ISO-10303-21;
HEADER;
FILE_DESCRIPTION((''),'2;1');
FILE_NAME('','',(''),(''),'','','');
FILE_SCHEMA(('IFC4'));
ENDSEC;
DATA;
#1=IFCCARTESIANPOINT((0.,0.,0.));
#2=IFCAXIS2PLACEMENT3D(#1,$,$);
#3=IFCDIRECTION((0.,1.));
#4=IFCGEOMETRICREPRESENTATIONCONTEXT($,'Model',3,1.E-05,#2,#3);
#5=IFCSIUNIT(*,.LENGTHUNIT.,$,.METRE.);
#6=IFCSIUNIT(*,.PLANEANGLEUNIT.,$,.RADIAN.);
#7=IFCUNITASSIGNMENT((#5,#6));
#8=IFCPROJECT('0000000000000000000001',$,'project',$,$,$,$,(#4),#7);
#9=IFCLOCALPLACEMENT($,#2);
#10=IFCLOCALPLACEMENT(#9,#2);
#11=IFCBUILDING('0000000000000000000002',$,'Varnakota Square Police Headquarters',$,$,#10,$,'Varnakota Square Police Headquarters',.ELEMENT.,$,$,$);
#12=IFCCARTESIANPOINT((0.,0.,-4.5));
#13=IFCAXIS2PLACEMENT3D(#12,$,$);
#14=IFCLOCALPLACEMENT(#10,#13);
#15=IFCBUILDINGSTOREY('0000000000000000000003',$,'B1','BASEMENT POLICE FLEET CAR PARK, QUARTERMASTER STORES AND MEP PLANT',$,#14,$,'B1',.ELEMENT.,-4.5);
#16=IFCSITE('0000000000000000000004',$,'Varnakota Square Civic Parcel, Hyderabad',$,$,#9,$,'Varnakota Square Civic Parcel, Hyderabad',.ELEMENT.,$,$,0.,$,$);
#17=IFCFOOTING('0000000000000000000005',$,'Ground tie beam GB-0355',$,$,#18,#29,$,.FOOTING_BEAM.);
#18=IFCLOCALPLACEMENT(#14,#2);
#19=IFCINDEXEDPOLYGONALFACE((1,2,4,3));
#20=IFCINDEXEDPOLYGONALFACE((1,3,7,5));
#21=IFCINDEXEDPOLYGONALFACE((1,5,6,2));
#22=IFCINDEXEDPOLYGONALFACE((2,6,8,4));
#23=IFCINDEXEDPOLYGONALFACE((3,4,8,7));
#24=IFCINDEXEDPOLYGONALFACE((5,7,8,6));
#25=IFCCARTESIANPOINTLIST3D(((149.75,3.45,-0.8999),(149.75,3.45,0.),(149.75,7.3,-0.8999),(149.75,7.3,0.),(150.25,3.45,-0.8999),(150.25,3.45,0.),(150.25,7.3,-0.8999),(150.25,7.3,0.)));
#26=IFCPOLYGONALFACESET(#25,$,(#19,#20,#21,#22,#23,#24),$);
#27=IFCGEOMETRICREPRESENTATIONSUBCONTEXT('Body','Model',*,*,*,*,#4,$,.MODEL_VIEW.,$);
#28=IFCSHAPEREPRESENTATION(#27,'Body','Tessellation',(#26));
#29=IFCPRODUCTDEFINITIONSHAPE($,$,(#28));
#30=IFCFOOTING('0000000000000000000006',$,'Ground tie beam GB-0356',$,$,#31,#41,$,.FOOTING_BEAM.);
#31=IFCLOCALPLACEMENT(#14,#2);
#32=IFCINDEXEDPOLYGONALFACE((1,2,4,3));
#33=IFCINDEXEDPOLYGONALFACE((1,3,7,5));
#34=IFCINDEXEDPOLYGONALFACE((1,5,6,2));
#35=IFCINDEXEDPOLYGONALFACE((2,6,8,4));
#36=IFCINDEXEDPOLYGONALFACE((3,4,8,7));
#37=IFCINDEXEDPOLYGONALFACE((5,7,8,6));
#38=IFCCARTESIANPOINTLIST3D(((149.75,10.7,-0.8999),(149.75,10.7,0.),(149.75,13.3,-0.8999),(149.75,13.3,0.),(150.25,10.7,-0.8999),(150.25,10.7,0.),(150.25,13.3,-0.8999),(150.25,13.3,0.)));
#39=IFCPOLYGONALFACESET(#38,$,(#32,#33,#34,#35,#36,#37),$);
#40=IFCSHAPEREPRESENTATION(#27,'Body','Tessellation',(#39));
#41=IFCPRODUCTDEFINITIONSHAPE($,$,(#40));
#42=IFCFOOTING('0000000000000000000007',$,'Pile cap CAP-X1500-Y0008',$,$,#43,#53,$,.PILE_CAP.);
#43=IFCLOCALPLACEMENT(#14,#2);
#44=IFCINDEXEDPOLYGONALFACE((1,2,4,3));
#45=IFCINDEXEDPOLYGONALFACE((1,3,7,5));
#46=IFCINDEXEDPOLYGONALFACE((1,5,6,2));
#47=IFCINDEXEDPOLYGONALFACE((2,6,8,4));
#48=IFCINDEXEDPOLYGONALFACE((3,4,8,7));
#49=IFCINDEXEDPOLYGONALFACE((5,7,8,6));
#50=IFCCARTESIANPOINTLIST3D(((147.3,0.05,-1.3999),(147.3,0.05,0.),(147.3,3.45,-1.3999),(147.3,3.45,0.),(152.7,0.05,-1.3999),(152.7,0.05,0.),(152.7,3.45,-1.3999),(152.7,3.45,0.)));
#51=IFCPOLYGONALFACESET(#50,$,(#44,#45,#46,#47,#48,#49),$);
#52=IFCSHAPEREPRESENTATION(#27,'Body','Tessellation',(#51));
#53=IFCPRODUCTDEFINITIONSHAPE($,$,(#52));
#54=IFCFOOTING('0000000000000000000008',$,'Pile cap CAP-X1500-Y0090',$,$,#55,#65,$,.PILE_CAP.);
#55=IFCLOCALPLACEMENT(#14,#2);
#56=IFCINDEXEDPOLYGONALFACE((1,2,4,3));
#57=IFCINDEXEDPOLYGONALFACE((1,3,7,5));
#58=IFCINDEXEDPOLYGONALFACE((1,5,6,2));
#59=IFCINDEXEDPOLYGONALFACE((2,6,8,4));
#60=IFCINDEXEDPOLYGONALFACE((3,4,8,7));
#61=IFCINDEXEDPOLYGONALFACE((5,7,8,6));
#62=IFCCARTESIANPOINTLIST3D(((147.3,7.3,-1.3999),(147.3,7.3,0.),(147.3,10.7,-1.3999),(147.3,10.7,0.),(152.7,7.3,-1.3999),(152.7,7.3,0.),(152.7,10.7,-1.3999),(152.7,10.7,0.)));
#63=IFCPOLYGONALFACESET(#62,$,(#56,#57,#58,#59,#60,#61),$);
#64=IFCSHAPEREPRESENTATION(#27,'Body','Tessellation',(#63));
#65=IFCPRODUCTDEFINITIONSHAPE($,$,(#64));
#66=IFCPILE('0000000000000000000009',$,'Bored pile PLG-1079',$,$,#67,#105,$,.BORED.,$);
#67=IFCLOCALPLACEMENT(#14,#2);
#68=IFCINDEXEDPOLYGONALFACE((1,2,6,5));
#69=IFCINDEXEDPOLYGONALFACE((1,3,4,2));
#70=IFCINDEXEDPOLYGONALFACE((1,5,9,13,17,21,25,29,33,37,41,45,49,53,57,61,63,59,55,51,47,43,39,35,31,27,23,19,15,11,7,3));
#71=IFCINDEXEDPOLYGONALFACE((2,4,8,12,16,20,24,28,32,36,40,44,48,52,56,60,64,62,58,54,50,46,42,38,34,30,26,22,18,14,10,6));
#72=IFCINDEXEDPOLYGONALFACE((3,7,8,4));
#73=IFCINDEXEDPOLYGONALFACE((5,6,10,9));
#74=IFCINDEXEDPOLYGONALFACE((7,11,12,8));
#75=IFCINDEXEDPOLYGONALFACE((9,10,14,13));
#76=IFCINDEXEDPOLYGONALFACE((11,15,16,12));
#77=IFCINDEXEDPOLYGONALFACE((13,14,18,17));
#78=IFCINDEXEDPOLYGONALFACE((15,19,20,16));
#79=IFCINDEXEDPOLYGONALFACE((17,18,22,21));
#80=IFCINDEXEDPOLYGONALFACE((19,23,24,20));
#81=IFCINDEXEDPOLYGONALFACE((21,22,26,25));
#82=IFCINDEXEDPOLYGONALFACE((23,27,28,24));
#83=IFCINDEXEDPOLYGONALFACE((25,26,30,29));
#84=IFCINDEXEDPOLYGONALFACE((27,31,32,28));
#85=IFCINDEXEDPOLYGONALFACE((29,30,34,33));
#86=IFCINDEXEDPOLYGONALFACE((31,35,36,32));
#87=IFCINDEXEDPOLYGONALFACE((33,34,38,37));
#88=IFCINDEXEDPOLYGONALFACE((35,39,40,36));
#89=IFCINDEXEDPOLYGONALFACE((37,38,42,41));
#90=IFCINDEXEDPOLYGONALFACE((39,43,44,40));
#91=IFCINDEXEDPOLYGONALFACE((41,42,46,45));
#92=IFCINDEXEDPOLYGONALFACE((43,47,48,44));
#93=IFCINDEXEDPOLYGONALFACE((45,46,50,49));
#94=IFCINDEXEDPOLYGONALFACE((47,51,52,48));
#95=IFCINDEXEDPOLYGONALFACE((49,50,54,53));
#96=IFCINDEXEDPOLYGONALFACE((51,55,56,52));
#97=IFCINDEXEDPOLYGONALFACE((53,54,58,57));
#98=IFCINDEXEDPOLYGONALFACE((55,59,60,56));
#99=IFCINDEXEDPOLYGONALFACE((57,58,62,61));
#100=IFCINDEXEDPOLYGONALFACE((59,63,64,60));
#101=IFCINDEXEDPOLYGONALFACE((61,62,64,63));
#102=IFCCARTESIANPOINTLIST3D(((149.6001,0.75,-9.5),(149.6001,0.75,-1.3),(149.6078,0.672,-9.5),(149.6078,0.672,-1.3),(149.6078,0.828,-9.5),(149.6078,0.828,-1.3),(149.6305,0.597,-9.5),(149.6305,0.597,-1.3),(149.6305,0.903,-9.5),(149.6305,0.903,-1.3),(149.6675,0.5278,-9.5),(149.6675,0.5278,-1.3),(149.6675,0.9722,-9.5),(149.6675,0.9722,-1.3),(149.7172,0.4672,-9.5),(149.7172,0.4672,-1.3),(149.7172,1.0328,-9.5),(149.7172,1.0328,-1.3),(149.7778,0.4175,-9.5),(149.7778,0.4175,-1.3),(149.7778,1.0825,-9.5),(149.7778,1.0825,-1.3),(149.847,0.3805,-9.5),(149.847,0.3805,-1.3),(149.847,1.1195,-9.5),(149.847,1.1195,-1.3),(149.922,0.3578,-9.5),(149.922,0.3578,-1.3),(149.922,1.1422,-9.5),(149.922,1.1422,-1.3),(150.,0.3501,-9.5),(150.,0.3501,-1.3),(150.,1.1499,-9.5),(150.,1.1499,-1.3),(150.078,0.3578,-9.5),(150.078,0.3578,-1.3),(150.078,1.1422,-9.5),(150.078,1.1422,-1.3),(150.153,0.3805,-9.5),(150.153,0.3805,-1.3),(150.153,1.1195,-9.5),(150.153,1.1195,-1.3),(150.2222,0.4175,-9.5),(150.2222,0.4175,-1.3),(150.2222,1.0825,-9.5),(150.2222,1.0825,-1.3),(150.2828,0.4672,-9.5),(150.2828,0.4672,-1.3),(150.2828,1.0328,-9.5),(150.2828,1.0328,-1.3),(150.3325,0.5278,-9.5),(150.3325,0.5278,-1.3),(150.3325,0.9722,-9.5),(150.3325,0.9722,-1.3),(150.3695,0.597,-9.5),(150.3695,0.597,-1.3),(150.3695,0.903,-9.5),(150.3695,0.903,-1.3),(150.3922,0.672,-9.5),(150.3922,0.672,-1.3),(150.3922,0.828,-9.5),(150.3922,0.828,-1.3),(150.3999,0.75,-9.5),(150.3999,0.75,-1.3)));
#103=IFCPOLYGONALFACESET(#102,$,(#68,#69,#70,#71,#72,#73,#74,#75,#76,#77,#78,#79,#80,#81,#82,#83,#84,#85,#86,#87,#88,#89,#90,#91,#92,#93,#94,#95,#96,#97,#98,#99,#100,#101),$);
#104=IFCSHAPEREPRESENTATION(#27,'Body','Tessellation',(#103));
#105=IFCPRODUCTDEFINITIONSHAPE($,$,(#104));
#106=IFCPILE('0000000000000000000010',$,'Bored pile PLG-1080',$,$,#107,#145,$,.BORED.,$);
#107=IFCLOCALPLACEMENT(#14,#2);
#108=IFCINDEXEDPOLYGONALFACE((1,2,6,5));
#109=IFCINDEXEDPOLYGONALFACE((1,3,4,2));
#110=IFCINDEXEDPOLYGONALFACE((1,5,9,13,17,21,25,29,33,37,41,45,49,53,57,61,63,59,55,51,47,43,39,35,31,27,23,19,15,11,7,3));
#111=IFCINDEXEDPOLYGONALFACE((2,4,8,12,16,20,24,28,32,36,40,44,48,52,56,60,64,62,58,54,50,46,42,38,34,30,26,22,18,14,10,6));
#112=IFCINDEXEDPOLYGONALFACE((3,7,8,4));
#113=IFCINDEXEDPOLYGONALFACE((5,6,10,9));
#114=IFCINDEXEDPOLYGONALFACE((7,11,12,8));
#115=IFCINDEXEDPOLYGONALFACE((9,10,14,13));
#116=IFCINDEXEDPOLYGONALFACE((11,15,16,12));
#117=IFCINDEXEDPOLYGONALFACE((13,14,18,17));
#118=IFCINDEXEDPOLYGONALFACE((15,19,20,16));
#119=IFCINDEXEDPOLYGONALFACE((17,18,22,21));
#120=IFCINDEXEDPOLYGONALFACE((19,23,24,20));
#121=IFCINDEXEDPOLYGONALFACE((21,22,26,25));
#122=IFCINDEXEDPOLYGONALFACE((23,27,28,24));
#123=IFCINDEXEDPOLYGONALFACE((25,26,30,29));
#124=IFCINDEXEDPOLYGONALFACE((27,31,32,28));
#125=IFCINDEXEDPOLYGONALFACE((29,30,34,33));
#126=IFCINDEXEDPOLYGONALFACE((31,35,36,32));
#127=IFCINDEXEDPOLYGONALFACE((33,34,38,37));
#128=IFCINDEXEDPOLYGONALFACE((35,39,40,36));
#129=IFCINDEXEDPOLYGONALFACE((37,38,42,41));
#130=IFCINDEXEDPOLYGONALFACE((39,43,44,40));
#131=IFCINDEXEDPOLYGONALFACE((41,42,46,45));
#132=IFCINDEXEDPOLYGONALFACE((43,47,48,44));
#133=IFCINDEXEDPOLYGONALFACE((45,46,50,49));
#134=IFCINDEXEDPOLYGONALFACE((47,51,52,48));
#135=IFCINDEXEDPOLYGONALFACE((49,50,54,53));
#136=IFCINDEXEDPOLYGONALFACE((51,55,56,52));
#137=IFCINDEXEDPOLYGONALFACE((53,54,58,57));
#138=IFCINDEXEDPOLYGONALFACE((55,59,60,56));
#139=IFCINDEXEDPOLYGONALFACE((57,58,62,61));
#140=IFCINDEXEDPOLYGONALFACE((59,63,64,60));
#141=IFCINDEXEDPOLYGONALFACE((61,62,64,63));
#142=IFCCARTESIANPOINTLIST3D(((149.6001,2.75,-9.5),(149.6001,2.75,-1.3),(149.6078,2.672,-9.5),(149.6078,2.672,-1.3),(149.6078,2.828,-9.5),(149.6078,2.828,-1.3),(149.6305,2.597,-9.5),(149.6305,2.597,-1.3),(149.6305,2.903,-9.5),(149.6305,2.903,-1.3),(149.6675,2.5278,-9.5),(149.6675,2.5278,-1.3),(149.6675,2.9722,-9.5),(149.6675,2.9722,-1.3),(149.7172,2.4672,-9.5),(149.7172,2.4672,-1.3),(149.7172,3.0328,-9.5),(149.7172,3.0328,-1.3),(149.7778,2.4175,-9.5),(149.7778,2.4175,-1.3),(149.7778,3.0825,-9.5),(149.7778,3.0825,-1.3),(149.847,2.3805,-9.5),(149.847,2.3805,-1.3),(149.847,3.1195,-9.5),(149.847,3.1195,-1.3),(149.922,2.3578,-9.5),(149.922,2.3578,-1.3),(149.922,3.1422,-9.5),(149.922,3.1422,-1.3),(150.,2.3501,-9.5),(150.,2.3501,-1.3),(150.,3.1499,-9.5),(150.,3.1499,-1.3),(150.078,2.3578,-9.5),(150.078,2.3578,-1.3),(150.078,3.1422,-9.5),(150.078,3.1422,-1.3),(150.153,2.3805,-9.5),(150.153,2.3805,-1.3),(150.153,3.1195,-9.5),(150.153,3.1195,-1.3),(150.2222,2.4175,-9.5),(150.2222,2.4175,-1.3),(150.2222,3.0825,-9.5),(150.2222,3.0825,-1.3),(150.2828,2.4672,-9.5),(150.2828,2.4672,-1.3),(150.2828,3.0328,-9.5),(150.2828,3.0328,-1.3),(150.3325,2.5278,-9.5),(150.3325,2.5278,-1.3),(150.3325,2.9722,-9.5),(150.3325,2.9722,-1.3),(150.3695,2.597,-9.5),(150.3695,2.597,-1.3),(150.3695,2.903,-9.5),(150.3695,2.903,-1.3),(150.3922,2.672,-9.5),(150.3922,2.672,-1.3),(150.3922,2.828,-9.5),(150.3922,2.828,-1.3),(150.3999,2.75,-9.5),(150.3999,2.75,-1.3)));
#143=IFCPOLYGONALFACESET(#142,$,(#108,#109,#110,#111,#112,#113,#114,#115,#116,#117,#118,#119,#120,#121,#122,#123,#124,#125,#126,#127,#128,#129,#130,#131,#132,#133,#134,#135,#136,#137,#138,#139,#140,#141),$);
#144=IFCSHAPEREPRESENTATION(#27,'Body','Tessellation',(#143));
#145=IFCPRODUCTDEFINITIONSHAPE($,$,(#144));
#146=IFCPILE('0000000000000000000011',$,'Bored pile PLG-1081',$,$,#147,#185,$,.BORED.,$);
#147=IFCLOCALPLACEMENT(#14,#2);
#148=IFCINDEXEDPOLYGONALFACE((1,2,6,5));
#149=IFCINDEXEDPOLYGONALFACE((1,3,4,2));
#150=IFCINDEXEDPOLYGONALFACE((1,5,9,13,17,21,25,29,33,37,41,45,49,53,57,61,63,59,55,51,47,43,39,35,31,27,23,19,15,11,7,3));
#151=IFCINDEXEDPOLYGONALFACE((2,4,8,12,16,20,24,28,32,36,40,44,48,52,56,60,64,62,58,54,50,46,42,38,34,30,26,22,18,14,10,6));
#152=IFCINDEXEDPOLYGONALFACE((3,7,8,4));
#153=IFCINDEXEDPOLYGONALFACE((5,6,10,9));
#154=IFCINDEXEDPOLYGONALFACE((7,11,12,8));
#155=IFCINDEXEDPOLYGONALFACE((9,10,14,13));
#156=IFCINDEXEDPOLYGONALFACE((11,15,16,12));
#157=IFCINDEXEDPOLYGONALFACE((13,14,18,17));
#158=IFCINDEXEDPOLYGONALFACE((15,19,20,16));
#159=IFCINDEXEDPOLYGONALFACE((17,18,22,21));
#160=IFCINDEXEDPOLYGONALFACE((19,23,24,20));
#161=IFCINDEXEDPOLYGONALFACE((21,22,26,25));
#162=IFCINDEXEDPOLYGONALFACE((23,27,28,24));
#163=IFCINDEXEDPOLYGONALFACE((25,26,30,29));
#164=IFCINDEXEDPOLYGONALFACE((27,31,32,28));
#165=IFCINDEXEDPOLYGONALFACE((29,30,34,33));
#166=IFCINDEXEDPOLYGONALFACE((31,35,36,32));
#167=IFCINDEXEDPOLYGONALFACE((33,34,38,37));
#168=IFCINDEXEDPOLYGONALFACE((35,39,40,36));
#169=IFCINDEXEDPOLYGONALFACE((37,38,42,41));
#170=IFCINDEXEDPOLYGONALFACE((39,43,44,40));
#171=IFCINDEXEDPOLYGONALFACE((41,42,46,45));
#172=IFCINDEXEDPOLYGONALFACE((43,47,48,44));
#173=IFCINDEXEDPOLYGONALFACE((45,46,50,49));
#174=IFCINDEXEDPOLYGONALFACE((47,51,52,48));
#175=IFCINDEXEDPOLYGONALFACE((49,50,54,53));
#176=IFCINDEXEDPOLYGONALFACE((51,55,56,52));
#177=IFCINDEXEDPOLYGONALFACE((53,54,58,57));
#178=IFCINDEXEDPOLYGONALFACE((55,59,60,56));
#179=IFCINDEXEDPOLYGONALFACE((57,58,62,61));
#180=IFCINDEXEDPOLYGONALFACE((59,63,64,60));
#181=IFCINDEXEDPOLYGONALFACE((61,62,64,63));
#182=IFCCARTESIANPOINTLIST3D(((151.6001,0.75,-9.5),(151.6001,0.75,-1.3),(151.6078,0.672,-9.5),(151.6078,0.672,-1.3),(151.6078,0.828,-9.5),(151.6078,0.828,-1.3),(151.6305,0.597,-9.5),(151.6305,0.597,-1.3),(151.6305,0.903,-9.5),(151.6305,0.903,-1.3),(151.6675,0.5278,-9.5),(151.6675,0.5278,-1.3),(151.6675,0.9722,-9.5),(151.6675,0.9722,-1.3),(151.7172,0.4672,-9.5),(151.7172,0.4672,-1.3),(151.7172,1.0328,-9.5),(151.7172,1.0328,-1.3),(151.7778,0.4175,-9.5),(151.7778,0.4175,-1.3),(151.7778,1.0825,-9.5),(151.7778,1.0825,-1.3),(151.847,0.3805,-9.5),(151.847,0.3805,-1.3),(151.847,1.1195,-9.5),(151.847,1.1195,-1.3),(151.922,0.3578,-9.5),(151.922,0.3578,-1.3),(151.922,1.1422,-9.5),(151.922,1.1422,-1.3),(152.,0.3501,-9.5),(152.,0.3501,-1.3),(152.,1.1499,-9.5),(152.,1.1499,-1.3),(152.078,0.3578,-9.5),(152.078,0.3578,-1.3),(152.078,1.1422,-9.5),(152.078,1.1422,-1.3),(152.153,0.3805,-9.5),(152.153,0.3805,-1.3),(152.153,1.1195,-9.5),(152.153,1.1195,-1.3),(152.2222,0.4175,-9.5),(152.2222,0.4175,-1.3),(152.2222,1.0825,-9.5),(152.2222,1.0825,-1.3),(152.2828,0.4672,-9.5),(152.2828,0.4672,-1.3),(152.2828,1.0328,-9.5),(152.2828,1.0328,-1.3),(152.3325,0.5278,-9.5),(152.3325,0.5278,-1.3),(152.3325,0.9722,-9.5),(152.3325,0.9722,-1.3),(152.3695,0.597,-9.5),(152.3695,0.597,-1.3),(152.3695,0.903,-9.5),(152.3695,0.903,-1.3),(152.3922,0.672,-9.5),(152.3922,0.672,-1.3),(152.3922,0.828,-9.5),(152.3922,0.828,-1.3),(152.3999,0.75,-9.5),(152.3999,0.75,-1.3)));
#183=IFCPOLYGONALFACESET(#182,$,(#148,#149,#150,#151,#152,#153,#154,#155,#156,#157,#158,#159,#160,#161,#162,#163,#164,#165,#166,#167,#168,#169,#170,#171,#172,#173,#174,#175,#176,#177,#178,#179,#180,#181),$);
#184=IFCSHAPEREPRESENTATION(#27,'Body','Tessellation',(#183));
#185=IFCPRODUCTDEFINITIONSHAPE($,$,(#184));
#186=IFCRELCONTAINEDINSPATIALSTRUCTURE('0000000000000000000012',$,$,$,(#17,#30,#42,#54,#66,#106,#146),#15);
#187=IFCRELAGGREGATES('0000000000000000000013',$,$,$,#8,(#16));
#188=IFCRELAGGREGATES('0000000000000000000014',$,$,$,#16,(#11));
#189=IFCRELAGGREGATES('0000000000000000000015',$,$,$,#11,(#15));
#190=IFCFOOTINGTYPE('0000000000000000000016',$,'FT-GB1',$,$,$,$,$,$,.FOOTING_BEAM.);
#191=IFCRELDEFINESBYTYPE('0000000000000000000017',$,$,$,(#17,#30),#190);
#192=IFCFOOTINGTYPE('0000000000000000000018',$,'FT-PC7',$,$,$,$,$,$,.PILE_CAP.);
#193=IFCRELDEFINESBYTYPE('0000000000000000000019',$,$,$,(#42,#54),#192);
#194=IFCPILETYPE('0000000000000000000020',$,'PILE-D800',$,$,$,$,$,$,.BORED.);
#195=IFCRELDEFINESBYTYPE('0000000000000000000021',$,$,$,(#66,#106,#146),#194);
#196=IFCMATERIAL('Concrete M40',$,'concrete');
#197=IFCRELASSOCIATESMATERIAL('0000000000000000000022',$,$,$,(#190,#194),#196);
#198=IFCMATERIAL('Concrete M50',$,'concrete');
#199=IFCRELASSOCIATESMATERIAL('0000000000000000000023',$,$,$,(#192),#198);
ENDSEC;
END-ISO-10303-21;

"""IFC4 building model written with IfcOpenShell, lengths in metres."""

from ifc_helpers import new_model, si_unit, direction, frame, origin, origin_2d, place, context, subcontext, project, spatial, rectangle, circle, extrude, material, material_profile, profile_set, type_object, element, save


model = new_model("IFC4")

# Units and contexts
model_context = context("Model", 3, precision=1e-05, world=origin(), true_north=direction((0.0, 1.0)))
body_context = subcontext(model_context, "Body", "Model", "MODEL_VIEW")
ifc_project = project(units=[si_unit("LENGTHUNIT", "METRE"), si_unit("PLANEANGLEUNIT", "RADIAN")], contexts=[model_context])

# Site, building, storey
site_placement = place(None, origin())
site = spatial("IfcSite", under=ifc_project, at=site_placement, Name="Varnakota Square Civic Parcel, Hyderabad", LongName="Varnakota Square Civic Parcel, Hyderabad", CompositionType="ELEMENT", RefElevation=0.0)
building_placement = place(site_placement, origin())
building = spatial("IfcBuilding", under=site, at=building_placement, Name="Varnakota Square Police Headquarters", LongName="Varnakota Square Police Headquarters", CompositionType="ELEMENT")
storey_placement = place(building_placement, frame((0.0, 0.0, -4.5)))
storey = spatial("IfcBuildingStorey", under=building, at=storey_placement, Name="B1", Description="BASEMENT POLICE FLEET CAR PARK, QUARTERMASTER STORES AND MEP PLANT", LongName="B1", CompositionType="ELEMENT", Elevation=-4.5)

# Footings
ifc_material_1 = material(Name="Concrete M40", Category="concrete")
ifc_material_profile_1 = material_profile(ifc_material_1, rectangle(XDim=0.5, YDim=0.8999, at=origin_2d()), Name="GB 500x900")
ifc_profile_set_1 = profile_set([ifc_material_profile_1], Name="Concrete M40")
footing_type_1 = type_object("IfcFootingType", Name="FT-GB1", PredefinedType="FOOTING_BEAM", material=ifc_profile_set_1)
footing_1_placement = place(storey_placement, frame((150.0, 3.45, -0.45), z_axis=(0.0, 1.0, 0.0), x_axis=(-1.0, 0.0, 0.0)))
element("IfcFooting", 1, at=footing_1_placement, inside=storey, type_object=footing_type_1, Name="Ground tie beam GB-0355", PredefinedType="FOOTING_BEAM", context=body_context, shape_type="SweptSolid", body=[
    extrude(rectangle(XDim=0.5, YDim=0.8999, at=origin_2d()), origin(), (0.0, 0.0, 1.0), 3.8501),
])
footing_2_placement = place(storey_placement, frame((150.0, 10.7, -0.45), z_axis=(0.0, 1.0, 0.0), x_axis=(-1.0, 0.0, 0.0)))
element("IfcFooting", 2, at=footing_2_placement, inside=storey, type_object=footing_type_1, Name="Ground tie beam GB-0356", PredefinedType="FOOTING_BEAM", context=body_context, shape_type="SweptSolid", body=[
    extrude(rectangle(XDim=0.5, YDim=0.8999, at=origin_2d()), origin(), (0.0, 0.0, 1.0), 2.6001),
])
ifc_material_2 = material(Name="Concrete M50", Category="concrete")
footing_type_2 = type_object("IfcFootingType", Name="FT-PC7", PredefinedType="PILE_CAP", material=ifc_material_2)
for number, where, z_axis, x_axis, name in (
    (3, (150.0, 1.75, -1.3999), (0.0, 0.0, 1.0), (1.0, 0.0, 0.0), "Pile cap CAP-X1500-Y0008"),
    (4, (150.0, 9.0, -1.3999), (0.0, 0.0, 1.0), (1.0, 0.0, 0.0), "Pile cap CAP-X1500-Y0090"),
):
    element("IfcFooting", number, at=place(storey_placement, frame(where, z_axis=z_axis, x_axis=x_axis)), inside=storey, type_object=footing_type_2, Name=name, PredefinedType="PILE_CAP", context=body_context, shape_type="SweptSolid", body=[
        extrude(rectangle(XDim=5.3999, YDim=3.3999, at=origin_2d()), origin(), (0.0, 0.0, 1.0), 1.3999),
    ])

# Piles
ifc_material_profile_2 = material_profile(ifc_material_1, circle(Radius=0.3999, at=origin_2d()), Name="BORED PILE 800")
ifc_profile_set_2 = profile_set([ifc_material_profile_2], Name="Concrete M40")
pile_type = type_object("IfcPileType", Name="PILE-D800", PredefinedType="BORED", material=ifc_profile_set_2)
for number, where, z_axis, x_axis, name in (
    (5, (150.0, 0.75, -1.3), (0.0, 0.0, -1.0), (1.0, 0.0, 0.0), "Bored pile PLG-1079"),
    (6, (150.0, 2.75, -1.3), (0.0, 0.0, -1.0), (1.0, 0.0, 0.0), "Bored pile PLG-1080"),
    (7, (152.0, 0.75, -1.3), (0.0, 0.0, -1.0), (1.0, 0.0, 0.0), "Bored pile PLG-1081"),
):
    element("IfcPile", number, at=place(storey_placement, frame(where, z_axis=z_axis, x_axis=x_axis)), inside=storey, type_object=pile_type, Name=name, PredefinedType="BORED", context=body_context, shape_type="SweptSolid", body=[
        extrude(circle(Radius=0.3999, at=origin_2d()), origin(), (0.0, 0.0, 1.0), 8.2),
    ])

save(model, "model.ifc")
